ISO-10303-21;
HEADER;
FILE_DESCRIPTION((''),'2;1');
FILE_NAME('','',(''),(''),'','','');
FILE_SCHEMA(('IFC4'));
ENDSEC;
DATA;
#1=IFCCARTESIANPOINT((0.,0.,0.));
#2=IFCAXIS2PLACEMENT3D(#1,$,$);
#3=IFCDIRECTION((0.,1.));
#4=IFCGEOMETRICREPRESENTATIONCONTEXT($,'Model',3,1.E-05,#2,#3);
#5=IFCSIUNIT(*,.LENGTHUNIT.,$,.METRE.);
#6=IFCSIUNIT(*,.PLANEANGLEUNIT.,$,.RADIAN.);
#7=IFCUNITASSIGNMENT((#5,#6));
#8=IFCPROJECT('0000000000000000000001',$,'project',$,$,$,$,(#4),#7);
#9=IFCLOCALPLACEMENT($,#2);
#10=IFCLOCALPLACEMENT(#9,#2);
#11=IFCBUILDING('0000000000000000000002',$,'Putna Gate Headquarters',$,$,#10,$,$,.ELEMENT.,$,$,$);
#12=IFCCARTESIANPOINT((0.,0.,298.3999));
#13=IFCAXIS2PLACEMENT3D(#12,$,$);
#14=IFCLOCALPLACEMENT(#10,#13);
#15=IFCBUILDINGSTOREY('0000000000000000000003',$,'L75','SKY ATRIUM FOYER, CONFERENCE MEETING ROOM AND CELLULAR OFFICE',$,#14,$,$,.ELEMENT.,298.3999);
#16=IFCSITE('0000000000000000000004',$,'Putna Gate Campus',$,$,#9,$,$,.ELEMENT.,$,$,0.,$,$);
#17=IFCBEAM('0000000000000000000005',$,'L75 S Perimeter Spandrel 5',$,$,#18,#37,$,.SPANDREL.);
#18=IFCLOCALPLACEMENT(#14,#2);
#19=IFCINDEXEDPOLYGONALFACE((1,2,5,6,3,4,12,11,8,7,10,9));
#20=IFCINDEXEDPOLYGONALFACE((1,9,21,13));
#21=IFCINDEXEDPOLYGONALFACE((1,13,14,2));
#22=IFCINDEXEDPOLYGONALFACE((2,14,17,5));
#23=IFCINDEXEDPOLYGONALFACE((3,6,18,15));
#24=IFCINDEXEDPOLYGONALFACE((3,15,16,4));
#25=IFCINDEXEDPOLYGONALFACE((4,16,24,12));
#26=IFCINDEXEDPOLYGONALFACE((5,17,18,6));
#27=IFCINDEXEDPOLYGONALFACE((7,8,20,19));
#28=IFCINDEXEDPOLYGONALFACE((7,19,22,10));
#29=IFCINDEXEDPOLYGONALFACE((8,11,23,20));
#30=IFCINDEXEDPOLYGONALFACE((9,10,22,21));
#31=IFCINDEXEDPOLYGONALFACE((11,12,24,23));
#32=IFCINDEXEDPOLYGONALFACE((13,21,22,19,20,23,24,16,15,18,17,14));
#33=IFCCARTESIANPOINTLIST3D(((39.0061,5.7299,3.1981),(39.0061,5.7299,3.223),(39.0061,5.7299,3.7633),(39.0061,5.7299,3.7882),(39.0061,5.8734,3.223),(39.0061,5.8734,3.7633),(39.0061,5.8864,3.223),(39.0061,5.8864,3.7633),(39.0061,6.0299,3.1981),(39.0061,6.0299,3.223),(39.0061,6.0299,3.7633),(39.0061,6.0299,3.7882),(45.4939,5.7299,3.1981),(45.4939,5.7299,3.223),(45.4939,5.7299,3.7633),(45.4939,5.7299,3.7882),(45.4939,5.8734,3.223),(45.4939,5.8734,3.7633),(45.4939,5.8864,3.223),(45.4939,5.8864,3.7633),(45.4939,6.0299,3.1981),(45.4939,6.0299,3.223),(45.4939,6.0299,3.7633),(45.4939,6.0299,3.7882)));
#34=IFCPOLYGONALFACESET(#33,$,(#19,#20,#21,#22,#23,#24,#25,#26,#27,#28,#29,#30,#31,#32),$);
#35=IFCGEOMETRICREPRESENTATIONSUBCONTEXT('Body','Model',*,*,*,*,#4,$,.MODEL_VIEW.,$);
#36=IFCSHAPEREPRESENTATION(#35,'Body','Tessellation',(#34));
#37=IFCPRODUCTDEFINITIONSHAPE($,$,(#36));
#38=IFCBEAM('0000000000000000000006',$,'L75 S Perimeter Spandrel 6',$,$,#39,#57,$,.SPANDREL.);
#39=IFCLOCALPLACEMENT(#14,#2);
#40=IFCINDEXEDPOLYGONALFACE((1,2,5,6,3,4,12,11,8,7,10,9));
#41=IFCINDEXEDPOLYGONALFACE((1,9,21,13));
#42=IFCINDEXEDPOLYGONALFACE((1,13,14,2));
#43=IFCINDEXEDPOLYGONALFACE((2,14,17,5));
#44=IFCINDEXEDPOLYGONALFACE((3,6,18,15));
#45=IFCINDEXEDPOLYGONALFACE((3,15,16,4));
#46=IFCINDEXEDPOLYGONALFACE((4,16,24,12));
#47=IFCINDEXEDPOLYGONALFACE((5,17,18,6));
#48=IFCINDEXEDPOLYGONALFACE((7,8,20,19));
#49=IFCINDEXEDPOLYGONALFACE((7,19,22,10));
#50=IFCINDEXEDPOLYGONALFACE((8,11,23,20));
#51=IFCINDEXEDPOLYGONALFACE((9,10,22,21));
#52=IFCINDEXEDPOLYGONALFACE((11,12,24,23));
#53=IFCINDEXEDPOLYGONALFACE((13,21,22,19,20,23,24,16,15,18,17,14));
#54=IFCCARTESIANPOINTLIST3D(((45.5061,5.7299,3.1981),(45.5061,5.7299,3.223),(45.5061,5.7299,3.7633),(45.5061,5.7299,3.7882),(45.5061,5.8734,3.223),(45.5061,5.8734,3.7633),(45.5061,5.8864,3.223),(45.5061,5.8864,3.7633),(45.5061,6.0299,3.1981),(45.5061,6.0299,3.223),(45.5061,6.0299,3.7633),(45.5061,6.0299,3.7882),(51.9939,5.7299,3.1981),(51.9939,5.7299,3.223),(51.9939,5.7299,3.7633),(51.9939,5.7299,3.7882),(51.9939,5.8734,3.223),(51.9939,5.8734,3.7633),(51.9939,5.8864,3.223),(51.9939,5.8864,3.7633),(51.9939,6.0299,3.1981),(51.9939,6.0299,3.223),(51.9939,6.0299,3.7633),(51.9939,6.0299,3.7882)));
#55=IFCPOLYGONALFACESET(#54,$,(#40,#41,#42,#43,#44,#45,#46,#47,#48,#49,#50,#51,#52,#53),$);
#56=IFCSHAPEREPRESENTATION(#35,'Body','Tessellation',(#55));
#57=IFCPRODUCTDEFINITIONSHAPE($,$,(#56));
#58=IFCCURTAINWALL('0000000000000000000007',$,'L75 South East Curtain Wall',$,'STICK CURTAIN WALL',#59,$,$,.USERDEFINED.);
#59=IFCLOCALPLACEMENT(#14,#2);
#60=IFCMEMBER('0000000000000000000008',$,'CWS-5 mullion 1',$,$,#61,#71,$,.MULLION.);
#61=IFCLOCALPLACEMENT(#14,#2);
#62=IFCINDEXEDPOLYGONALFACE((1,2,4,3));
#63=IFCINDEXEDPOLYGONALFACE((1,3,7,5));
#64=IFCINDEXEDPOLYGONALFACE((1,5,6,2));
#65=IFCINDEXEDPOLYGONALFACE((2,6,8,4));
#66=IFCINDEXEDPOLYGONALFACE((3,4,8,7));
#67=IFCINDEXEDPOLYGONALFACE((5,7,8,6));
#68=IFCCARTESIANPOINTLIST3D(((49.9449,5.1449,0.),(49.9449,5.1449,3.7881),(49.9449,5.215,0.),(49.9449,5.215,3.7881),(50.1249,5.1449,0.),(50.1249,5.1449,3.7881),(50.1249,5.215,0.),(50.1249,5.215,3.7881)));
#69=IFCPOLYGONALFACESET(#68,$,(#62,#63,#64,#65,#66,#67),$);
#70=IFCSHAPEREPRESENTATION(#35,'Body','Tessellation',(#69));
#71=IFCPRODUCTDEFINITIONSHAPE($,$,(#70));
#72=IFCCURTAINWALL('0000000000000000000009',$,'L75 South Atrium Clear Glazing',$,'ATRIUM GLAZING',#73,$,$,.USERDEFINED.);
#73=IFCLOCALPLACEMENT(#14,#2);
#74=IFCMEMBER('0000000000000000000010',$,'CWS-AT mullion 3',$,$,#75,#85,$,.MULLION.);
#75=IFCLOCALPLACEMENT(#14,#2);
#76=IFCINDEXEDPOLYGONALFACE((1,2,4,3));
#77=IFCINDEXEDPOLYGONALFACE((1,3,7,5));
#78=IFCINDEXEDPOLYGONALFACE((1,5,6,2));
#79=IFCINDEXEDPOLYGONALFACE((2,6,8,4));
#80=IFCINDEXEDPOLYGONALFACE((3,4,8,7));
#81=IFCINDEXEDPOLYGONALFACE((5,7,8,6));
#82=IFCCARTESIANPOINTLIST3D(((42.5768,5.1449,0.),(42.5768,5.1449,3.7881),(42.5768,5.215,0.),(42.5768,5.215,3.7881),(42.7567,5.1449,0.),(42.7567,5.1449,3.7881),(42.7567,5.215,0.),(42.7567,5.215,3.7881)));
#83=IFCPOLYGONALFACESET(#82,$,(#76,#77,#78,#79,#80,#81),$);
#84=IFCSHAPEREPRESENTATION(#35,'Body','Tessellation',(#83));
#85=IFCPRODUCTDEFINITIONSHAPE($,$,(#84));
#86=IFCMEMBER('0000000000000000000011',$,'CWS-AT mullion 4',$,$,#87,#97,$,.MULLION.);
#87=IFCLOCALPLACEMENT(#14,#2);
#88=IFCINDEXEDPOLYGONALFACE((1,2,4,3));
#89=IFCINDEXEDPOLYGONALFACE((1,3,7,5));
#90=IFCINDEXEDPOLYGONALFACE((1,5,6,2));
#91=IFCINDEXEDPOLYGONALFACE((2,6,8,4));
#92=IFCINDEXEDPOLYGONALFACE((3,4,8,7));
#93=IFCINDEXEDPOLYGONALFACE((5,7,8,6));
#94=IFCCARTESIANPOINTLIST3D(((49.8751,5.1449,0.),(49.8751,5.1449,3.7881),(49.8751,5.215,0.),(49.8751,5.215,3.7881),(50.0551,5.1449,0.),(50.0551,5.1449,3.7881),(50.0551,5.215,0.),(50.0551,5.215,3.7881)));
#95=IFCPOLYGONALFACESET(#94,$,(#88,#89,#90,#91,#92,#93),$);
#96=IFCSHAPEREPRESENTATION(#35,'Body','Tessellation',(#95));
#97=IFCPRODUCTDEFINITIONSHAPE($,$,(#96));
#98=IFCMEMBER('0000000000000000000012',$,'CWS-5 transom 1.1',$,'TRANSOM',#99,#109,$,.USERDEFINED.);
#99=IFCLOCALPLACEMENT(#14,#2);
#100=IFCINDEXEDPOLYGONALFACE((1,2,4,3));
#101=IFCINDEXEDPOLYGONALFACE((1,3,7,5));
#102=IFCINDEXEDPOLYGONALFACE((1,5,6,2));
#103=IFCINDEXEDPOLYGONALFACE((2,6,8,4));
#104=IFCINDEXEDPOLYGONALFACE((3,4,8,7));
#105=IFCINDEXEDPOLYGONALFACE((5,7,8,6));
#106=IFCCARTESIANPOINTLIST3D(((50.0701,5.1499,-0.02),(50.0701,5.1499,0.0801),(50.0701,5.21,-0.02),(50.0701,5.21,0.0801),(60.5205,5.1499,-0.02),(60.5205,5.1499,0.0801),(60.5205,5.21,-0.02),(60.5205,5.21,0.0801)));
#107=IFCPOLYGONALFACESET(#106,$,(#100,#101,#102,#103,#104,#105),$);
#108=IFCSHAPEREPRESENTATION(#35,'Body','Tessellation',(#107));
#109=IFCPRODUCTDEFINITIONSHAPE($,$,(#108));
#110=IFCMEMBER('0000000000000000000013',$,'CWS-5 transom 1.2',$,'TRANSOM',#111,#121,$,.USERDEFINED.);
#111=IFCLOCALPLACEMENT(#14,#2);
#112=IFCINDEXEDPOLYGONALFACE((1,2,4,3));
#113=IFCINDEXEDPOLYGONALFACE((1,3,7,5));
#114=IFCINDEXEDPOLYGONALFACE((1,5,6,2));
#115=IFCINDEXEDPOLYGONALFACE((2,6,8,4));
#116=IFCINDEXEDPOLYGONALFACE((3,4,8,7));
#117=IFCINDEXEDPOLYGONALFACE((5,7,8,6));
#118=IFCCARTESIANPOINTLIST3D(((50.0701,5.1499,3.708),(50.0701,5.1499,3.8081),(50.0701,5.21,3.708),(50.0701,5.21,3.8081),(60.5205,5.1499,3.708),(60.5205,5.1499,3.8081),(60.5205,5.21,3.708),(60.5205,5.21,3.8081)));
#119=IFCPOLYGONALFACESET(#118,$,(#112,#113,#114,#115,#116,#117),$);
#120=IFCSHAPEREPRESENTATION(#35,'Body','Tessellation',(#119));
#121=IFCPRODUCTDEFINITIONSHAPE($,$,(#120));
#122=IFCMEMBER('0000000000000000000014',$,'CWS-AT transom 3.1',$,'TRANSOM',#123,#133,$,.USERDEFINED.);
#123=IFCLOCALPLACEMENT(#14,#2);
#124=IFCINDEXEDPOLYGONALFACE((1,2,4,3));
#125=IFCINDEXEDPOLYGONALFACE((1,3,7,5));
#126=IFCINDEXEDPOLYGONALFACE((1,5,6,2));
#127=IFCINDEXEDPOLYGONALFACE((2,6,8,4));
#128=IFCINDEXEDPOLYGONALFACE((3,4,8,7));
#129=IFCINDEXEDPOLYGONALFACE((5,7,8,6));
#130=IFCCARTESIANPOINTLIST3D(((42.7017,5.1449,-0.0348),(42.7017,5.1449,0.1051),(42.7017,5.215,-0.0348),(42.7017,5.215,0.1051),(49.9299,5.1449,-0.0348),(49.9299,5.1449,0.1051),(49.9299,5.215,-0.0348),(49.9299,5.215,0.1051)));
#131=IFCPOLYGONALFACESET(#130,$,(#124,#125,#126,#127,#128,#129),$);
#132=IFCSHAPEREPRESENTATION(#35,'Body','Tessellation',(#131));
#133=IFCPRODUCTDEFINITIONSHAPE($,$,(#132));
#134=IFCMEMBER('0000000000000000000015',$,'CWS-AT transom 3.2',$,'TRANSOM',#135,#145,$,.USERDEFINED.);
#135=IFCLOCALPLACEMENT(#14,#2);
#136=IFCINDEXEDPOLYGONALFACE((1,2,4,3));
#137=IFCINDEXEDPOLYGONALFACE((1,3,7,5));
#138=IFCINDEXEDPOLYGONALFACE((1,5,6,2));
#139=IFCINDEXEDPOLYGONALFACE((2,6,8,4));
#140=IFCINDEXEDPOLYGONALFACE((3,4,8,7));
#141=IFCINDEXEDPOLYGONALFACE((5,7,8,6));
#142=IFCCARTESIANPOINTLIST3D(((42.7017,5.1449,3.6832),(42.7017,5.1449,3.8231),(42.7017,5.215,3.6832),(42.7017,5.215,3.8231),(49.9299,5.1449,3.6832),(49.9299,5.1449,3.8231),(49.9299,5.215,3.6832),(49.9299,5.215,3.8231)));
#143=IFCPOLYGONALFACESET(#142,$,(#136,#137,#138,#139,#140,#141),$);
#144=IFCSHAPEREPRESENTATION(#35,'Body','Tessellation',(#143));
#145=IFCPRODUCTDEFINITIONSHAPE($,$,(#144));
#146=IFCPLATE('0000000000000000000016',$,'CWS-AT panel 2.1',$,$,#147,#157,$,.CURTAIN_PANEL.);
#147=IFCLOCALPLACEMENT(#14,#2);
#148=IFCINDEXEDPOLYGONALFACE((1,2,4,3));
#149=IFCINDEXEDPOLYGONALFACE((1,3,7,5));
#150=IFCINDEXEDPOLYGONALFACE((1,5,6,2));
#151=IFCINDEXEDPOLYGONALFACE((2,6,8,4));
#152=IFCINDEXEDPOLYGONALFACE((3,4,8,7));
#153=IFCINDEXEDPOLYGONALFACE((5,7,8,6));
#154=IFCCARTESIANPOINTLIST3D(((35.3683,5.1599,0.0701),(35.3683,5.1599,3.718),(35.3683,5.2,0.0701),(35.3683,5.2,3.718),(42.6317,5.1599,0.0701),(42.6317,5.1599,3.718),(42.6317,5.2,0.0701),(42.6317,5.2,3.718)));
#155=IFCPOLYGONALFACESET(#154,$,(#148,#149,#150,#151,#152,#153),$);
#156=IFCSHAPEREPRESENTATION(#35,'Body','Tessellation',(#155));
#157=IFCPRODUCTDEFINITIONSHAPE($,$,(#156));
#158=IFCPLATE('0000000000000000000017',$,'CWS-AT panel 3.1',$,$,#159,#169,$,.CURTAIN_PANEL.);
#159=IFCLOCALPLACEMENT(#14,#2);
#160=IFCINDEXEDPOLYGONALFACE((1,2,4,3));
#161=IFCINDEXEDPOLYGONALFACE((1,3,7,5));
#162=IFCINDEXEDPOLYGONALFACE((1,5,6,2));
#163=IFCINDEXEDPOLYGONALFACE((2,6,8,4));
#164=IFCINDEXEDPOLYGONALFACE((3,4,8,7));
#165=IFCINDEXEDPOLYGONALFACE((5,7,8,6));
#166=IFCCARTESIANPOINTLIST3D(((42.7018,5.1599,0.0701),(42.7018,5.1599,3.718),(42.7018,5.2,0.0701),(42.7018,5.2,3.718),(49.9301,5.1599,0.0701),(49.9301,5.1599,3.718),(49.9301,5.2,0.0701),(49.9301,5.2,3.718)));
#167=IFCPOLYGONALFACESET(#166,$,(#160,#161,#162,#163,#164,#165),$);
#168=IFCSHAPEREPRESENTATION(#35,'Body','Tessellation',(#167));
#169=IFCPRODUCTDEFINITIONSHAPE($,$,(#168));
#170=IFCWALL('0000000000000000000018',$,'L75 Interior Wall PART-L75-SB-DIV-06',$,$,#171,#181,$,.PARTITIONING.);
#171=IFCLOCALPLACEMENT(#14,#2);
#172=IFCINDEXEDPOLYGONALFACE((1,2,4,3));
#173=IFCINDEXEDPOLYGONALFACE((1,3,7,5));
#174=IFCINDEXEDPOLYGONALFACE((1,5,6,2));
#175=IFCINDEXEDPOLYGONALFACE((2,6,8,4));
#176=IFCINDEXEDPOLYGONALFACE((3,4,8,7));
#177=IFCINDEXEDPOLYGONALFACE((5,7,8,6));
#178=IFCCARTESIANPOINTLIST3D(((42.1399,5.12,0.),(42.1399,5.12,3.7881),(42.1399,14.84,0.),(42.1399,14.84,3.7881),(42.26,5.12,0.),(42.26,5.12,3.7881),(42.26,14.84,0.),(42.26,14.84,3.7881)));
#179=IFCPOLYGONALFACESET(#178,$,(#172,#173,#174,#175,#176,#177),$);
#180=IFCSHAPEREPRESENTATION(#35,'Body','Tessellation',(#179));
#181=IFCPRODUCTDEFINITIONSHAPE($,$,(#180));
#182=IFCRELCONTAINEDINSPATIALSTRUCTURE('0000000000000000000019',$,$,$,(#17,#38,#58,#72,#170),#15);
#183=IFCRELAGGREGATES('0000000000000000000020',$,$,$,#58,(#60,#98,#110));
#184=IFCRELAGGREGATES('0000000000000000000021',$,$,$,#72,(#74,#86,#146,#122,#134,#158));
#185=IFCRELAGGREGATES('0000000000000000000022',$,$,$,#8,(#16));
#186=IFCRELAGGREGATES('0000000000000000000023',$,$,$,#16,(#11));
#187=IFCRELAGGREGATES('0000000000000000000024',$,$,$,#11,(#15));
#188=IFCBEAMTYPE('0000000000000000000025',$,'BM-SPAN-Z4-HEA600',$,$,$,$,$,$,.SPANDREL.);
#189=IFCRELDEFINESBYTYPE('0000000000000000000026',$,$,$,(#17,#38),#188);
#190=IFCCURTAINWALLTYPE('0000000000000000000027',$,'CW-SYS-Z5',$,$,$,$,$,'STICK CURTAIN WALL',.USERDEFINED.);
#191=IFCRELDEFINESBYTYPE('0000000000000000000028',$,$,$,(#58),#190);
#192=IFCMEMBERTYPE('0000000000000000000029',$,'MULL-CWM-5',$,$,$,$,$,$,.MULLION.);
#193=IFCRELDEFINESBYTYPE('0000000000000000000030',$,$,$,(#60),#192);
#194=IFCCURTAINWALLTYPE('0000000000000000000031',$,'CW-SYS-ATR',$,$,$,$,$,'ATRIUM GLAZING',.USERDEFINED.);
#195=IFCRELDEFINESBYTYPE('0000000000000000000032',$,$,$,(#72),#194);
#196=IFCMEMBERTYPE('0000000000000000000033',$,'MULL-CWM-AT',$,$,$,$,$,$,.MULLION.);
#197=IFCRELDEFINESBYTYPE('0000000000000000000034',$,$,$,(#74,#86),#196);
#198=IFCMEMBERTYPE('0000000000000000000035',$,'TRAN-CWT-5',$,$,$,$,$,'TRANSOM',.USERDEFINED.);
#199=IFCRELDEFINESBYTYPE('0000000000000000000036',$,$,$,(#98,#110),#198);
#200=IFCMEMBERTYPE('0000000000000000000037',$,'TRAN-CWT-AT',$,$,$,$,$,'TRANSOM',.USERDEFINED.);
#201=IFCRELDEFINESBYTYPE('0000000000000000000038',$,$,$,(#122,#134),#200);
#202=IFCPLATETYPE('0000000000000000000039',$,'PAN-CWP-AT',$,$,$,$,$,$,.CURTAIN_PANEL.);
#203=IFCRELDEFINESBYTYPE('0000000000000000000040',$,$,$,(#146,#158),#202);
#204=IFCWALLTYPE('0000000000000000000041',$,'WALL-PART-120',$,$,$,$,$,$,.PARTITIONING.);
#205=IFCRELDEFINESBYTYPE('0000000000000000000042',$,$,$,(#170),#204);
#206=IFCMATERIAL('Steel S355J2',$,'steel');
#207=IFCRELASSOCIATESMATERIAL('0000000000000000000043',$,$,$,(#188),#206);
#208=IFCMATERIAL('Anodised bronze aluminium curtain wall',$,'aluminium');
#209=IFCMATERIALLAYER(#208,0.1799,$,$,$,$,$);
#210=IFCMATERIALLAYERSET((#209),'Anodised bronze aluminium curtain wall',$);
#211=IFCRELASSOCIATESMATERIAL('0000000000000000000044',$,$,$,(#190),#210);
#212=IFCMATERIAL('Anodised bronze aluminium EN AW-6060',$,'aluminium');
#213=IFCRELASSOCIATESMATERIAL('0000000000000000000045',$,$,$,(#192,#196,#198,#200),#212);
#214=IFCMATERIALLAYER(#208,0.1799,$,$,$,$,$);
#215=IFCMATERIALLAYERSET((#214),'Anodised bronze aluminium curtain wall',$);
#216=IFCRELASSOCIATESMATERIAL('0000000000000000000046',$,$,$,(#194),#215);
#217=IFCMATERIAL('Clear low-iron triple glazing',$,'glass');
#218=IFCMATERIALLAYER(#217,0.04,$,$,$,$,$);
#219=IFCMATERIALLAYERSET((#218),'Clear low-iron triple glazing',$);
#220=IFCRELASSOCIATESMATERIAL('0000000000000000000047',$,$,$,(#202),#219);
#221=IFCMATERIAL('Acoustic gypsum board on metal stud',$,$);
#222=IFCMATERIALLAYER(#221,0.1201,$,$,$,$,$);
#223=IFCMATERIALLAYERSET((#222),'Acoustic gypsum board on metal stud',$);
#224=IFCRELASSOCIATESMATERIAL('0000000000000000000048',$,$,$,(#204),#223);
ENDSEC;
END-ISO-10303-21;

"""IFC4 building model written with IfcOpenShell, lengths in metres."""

from ifc_helpers import new_model, si_unit, direction, frame, frame_2d, origin, origin_2d, place, context, subcontext, project, spatial, rectangle, i_section, extrude, material, layer, layer_set, material_profile, profile_set, type_object, element, aggregate, save


model = new_model("IFC4")

# Units and contexts
model_context = context("Model", 3, precision=1e-05, world=origin(), true_north=direction((0.0, 1.0)))
body_context = subcontext(model_context, "Body", "Model", "MODEL_VIEW")
ifc_project = project(units=[si_unit("LENGTHUNIT", "METRE"), si_unit("PLANEANGLEUNIT", "RADIAN")], contexts=[model_context])

# Site, building, storey
site_placement = place(None, origin())
site = spatial("IfcSite", under=ifc_project, at=site_placement, Name="Putna Gate Campus", CompositionType="ELEMENT", RefElevation=0.0)
building_placement = place(site_placement, origin())
building = spatial("IfcBuilding", under=site, at=building_placement, Name="Putna Gate Headquarters", CompositionType="ELEMENT")
storey_placement = place(building_placement, frame((0.0, 0.0, 298.3999)))
storey = spatial("IfcBuildingStorey", under=building, at=storey_placement, Name="L75", Description="SKY ATRIUM FOYER, CONFERENCE MEETING ROOM AND CELLULAR OFFICE", CompositionType="ELEMENT", Elevation=298.3999)

# Beams
ifc_material_1 = material(Name="Steel S355J2", Category="steel")
ifc_material_profile_1 = material_profile(ifc_material_1, i_section(OverallWidth=0.3, OverallDepth=0.5901, WebThickness=0.0129, FlangeThickness=0.0249, at=origin_2d()), Name="Steel S355J2")
ifc_profile_set_1 = profile_set([ifc_material_profile_1], Name="Steel S355J2")
beam_type_1 = type_object("IfcBeamType", Name="BM-SPAN-Z4-HEA600", PredefinedType="SPANDREL", material=ifc_profile_set_1)
for number, where, z_axis, x_axis, name in (
    (1, (39.0061, 5.8799, 3.4932), (1.0, 0.0, 0.0), (0.0, 1.0, 0.0), "L75 S Perimeter Spandrel 5"),
    (2, (45.5061, 5.8799, 3.4932), (1.0, 0.0, 0.0), (0.0, 1.0, 0.0), "L75 S Perimeter Spandrel 6"),
):
    element("IfcBeam", number, at=place(storey_placement, frame(where, z_axis=z_axis, x_axis=x_axis)), inside=storey, type_object=beam_type_1, Name=name, PredefinedType="SPANDREL", context=body_context, shape_type="SweptSolid", body=[
        extrude(i_section(OverallWidth=0.3, OverallDepth=0.5901, WebThickness=0.0129, FlangeThickness=0.0249, at=origin_2d()), origin(), (0.0, 0.0, 1.0), 6.4878),
    ])

# Curtain wall, member
ifc_material_2 = material(Name="Anodised bronze aluminium curtain wall", Category="aluminium")
ifc_layer_1 = layer(ifc_material_2, 0.1799)
ifc_layer_set_1 = layer_set([ifc_layer_1], Name="Anodised bronze aluminium curtain wall")
curtain_wall_type_1 = type_object("IfcCurtainWallType", Name="CW-SYS-Z5", ElementType="STICK CURTAIN WALL", PredefinedType="USERDEFINED", material=ifc_layer_set_1)
curtain_wall_1_placement = place(storey_placement, origin())
curtain_wall_1 = element("IfcCurtainWall", 3, at=curtain_wall_1_placement, inside=storey, type_object=curtain_wall_type_1, Name="L75 South East Curtain Wall", ObjectType="STICK CURTAIN WALL", PredefinedType="USERDEFINED")
ifc_material_3 = material(Name="Anodised bronze aluminium EN AW-6060", Category="aluminium")
ifc_material_profile_2 = material_profile(ifc_material_3, rectangle(XDim=0.0701, YDim=0.1799, at=origin_2d()), Name="Anodised bronze aluminium EN AW-6060")
ifc_profile_set_2 = profile_set([ifc_material_profile_2], Name="Anodised bronze aluminium EN AW-6060")
member_type_1 = type_object("IfcMemberType", Name="MULL-CWM-5", PredefinedType="MULLION", material=ifc_profile_set_2)
member_1_placement = place(storey_placement, frame((50.0349, 5.1799, 0.0), z_axis=(0.0, 0.0, 1.0), x_axis=(0.0, 1.0, 0.0)))
member_1 = element("IfcMember", 4, at=member_1_placement, type_object=member_type_1, Name="CWS-5 mullion 1", PredefinedType="MULLION", context=body_context, shape_type="SweptSolid", body=[
    extrude(rectangle(XDim=0.0701, YDim=0.1799, at=origin_2d()), origin(), (0.0, 0.0, 1.0), 3.7881),
])

# Curtain wall, members
ifc_layer_2 = layer(ifc_material_2, 0.1799)
ifc_layer_set_2 = layer_set([ifc_layer_2], Name="Anodised bronze aluminium curtain wall")
curtain_wall_type_2 = type_object("IfcCurtainWallType", Name="CW-SYS-ATR", ElementType="ATRIUM GLAZING", PredefinedType="USERDEFINED", material=ifc_layer_set_2)
curtain_wall_2_placement = place(storey_placement, origin())
curtain_wall_2 = element("IfcCurtainWall", 5, at=curtain_wall_2_placement, inside=storey, type_object=curtain_wall_type_2, Name="L75 South Atrium Clear Glazing", ObjectType="ATRIUM GLAZING", PredefinedType="USERDEFINED")
ifc_material_profile_3 = material_profile(ifc_material_3, rectangle(XDim=0.0701, YDim=0.1799, at=origin_2d()), Name="Anodised bronze aluminium EN AW-6060")
ifc_profile_set_3 = profile_set([ifc_material_profile_3], Name="Anodised bronze aluminium EN AW-6060")
member_type_2 = type_object("IfcMemberType", Name="MULL-CWM-AT", PredefinedType="MULLION", material=ifc_profile_set_3)
member_2_placement = place(storey_placement, frame((42.6667, 5.1799, 0.0), z_axis=(0.0, 0.0, 1.0), x_axis=(0.0, 1.0, 0.0)))
member_2 = element("IfcMember", 6, at=member_2_placement, type_object=member_type_2, Name="CWS-AT mullion 3", PredefinedType="MULLION", context=body_context, shape_type="SweptSolid", body=[
    extrude(rectangle(XDim=0.0701, YDim=0.1799, at=origin_2d()), origin(), (0.0, 0.0, 1.0), 3.7881),
])
member_3_placement = place(storey_placement, frame((49.9651, 5.1799, 0.0), z_axis=(0.0, 0.0, 1.0), x_axis=(0.0, 1.0, 0.0)))
member_3 = element("IfcMember", 7, at=member_3_placement, type_object=member_type_2, Name="CWS-AT mullion 4", PredefinedType="MULLION", context=body_context, shape_type="SweptSolid", body=[
    extrude(rectangle(XDim=0.0701, YDim=0.1799, at=origin_2d()), origin(), (0.0, 0.0, 1.0), 3.7881),
])

# Members
ifc_material_profile_4 = material_profile(ifc_material_3, rectangle(XDim=0.0601, YDim=0.1001, at=origin_2d()), Name="Anodised bronze aluminium EN AW-6060")
ifc_profile_set_4 = profile_set([ifc_material_profile_4], Name="Anodised bronze aluminium EN AW-6060")
member_type_3 = type_object("IfcMemberType", Name="TRAN-CWT-5", ElementType="TRANSOM", PredefinedType="USERDEFINED", material=ifc_profile_set_4)
member_4_placement = place(storey_placement, frame((50.0701, 5.1799, 0.03), z_axis=(1.0, 0.0, 0.0), x_axis=(0.0, 1.0, 0.0)))
member_4 = element("IfcMember", 8, at=member_4_placement, type_object=member_type_3, Name="CWS-5 transom 1.1", ObjectType="TRANSOM", PredefinedType="USERDEFINED", context=body_context, shape_type="SweptSolid", body=[
    extrude(rectangle(XDim=0.0601, YDim=0.1001, at=origin_2d()), origin(), (0.0, 0.0, 1.0), 10.4504),
])
member_5_placement = place(storey_placement, frame((50.0701, 5.1799, 3.7581), z_axis=(1.0, 0.0, 0.0), x_axis=(0.0, 1.0, 0.0)))
member_5 = element("IfcMember", 9, at=member_5_placement, type_object=member_type_3, Name="CWS-5 transom 1.2", ObjectType="TRANSOM", PredefinedType="USERDEFINED", context=body_context, shape_type="SweptSolid", body=[
    extrude(rectangle(XDim=0.0601, YDim=0.1001, at=origin_2d()), origin(), (0.0, 0.0, 1.0), 10.4504),
])
aggregate(curtain_wall_1, [member_1, member_4, member_5])
ifc_material_profile_5 = material_profile(ifc_material_3, rectangle(XDim=0.0701, YDim=0.1399, at=origin_2d()), Name="Anodised bronze aluminium EN AW-6060")
ifc_profile_set_5 = profile_set([ifc_material_profile_5], Name="Anodised bronze aluminium EN AW-6060")
member_type_4 = type_object("IfcMemberType", Name="TRAN-CWT-AT", ElementType="TRANSOM", PredefinedType="USERDEFINED", material=ifc_profile_set_5)
member_6_placement = place(storey_placement, frame((42.7017, 5.1799, 0.0352), z_axis=(1.0, 0.0, 0.0), x_axis=(0.0, 1.0, 0.0)))
member_6 = element("IfcMember", 10, at=member_6_placement, type_object=member_type_4, Name="CWS-AT transom 3.1", ObjectType="TRANSOM", PredefinedType="USERDEFINED", context=body_context, shape_type="SweptSolid", body=[
    extrude(rectangle(XDim=0.0701, YDim=0.1399, at=origin_2d()), origin(), (0.0, 0.0, 1.0), 7.2283),
])
member_7_placement = place(storey_placement, frame((42.7017, 5.1799, 3.7532), z_axis=(1.0, 0.0, 0.0), x_axis=(0.0, 1.0, 0.0)))
member_7 = element("IfcMember", 11, at=member_7_placement, type_object=member_type_4, Name="CWS-AT transom 3.2", ObjectType="TRANSOM", PredefinedType="USERDEFINED", context=body_context, shape_type="SweptSolid", body=[
    extrude(rectangle(XDim=0.0701, YDim=0.1399, at=origin_2d()), origin(), (0.0, 0.0, 1.0), 7.2283),
])

# Plates
ifc_material_4 = material(Name="Clear low-iron triple glazing", Category="glass")
ifc_layer_3 = layer(ifc_material_4, 0.04)
ifc_layer_set_3 = layer_set([ifc_layer_3], Name="Clear low-iron triple glazing")
plate_type = type_object("IfcPlateType", Name="PAN-CWP-AT", PredefinedType="CURTAIN_PANEL", material=ifc_layer_set_3)
plate_1_placement = place(storey_placement, frame((39.0, 5.1799, 0.0701), z_axis=(0.0, 0.0, 1.0), x_axis=(1.0, 0.0, 0.0)))
plate_1 = element("IfcPlate", 12, at=plate_1_placement, type_object=plate_type, Name="CWS-AT panel 2.1", PredefinedType="CURTAIN_PANEL", context=body_context, shape_type="SweptSolid", body=[
    extrude(rectangle(XDim=7.2634, YDim=0.04, at=origin_2d()), origin(), (0.0, 0.0, 1.0), 3.6479),
])
plate_2_placement = place(storey_placement, frame((46.3159, 5.1799, 0.0701), z_axis=(0.0, 0.0, 1.0), x_axis=(1.0, 0.0, 0.0)))
plate_2 = element("IfcPlate", 13, at=plate_2_placement, type_object=plate_type, Name="CWS-AT panel 3.1", PredefinedType="CURTAIN_PANEL", context=body_context, shape_type="SweptSolid", body=[
    extrude(rectangle(XDim=7.2283, YDim=0.04, at=origin_2d()), origin(), (0.0, 0.0, 1.0), 3.6479),
])
aggregate(curtain_wall_2, [member_2, member_3, plate_1, member_6, member_7, plate_2])

# Wall
ifc_material_5 = material(Name="Acoustic gypsum board on metal stud")
ifc_layer_4 = layer(ifc_material_5, 0.1201)
ifc_layer_set_4 = layer_set([ifc_layer_4], Name="Acoustic gypsum board on metal stud")
wall_type_1 = type_object("IfcWallType", Name="WALL-PART-120", PredefinedType="PARTITIONING", material=ifc_layer_set_4)
wall_1_placement = place(storey_placement, frame((42.2, 5.1201, 0.0), z_axis=(0.0, 0.0, 1.0), x_axis=(0.0, 1.0, 0.0)))
element("IfcWall", 14, at=wall_1_placement, inside=storey, type_object=wall_type_1, Name="L75 Interior Wall PART-L75-SB-DIV-06", PredefinedType="PARTITIONING", context=body_context, shape_type="SweptSolid", body=[
    extrude(rectangle(XDim=9.72, YDim=0.1201, at=frame_2d((4.8599, 0.0))), origin(), (0.0, 0.0, 1.0), 3.7881),
])

save(model, "model.ifc")
